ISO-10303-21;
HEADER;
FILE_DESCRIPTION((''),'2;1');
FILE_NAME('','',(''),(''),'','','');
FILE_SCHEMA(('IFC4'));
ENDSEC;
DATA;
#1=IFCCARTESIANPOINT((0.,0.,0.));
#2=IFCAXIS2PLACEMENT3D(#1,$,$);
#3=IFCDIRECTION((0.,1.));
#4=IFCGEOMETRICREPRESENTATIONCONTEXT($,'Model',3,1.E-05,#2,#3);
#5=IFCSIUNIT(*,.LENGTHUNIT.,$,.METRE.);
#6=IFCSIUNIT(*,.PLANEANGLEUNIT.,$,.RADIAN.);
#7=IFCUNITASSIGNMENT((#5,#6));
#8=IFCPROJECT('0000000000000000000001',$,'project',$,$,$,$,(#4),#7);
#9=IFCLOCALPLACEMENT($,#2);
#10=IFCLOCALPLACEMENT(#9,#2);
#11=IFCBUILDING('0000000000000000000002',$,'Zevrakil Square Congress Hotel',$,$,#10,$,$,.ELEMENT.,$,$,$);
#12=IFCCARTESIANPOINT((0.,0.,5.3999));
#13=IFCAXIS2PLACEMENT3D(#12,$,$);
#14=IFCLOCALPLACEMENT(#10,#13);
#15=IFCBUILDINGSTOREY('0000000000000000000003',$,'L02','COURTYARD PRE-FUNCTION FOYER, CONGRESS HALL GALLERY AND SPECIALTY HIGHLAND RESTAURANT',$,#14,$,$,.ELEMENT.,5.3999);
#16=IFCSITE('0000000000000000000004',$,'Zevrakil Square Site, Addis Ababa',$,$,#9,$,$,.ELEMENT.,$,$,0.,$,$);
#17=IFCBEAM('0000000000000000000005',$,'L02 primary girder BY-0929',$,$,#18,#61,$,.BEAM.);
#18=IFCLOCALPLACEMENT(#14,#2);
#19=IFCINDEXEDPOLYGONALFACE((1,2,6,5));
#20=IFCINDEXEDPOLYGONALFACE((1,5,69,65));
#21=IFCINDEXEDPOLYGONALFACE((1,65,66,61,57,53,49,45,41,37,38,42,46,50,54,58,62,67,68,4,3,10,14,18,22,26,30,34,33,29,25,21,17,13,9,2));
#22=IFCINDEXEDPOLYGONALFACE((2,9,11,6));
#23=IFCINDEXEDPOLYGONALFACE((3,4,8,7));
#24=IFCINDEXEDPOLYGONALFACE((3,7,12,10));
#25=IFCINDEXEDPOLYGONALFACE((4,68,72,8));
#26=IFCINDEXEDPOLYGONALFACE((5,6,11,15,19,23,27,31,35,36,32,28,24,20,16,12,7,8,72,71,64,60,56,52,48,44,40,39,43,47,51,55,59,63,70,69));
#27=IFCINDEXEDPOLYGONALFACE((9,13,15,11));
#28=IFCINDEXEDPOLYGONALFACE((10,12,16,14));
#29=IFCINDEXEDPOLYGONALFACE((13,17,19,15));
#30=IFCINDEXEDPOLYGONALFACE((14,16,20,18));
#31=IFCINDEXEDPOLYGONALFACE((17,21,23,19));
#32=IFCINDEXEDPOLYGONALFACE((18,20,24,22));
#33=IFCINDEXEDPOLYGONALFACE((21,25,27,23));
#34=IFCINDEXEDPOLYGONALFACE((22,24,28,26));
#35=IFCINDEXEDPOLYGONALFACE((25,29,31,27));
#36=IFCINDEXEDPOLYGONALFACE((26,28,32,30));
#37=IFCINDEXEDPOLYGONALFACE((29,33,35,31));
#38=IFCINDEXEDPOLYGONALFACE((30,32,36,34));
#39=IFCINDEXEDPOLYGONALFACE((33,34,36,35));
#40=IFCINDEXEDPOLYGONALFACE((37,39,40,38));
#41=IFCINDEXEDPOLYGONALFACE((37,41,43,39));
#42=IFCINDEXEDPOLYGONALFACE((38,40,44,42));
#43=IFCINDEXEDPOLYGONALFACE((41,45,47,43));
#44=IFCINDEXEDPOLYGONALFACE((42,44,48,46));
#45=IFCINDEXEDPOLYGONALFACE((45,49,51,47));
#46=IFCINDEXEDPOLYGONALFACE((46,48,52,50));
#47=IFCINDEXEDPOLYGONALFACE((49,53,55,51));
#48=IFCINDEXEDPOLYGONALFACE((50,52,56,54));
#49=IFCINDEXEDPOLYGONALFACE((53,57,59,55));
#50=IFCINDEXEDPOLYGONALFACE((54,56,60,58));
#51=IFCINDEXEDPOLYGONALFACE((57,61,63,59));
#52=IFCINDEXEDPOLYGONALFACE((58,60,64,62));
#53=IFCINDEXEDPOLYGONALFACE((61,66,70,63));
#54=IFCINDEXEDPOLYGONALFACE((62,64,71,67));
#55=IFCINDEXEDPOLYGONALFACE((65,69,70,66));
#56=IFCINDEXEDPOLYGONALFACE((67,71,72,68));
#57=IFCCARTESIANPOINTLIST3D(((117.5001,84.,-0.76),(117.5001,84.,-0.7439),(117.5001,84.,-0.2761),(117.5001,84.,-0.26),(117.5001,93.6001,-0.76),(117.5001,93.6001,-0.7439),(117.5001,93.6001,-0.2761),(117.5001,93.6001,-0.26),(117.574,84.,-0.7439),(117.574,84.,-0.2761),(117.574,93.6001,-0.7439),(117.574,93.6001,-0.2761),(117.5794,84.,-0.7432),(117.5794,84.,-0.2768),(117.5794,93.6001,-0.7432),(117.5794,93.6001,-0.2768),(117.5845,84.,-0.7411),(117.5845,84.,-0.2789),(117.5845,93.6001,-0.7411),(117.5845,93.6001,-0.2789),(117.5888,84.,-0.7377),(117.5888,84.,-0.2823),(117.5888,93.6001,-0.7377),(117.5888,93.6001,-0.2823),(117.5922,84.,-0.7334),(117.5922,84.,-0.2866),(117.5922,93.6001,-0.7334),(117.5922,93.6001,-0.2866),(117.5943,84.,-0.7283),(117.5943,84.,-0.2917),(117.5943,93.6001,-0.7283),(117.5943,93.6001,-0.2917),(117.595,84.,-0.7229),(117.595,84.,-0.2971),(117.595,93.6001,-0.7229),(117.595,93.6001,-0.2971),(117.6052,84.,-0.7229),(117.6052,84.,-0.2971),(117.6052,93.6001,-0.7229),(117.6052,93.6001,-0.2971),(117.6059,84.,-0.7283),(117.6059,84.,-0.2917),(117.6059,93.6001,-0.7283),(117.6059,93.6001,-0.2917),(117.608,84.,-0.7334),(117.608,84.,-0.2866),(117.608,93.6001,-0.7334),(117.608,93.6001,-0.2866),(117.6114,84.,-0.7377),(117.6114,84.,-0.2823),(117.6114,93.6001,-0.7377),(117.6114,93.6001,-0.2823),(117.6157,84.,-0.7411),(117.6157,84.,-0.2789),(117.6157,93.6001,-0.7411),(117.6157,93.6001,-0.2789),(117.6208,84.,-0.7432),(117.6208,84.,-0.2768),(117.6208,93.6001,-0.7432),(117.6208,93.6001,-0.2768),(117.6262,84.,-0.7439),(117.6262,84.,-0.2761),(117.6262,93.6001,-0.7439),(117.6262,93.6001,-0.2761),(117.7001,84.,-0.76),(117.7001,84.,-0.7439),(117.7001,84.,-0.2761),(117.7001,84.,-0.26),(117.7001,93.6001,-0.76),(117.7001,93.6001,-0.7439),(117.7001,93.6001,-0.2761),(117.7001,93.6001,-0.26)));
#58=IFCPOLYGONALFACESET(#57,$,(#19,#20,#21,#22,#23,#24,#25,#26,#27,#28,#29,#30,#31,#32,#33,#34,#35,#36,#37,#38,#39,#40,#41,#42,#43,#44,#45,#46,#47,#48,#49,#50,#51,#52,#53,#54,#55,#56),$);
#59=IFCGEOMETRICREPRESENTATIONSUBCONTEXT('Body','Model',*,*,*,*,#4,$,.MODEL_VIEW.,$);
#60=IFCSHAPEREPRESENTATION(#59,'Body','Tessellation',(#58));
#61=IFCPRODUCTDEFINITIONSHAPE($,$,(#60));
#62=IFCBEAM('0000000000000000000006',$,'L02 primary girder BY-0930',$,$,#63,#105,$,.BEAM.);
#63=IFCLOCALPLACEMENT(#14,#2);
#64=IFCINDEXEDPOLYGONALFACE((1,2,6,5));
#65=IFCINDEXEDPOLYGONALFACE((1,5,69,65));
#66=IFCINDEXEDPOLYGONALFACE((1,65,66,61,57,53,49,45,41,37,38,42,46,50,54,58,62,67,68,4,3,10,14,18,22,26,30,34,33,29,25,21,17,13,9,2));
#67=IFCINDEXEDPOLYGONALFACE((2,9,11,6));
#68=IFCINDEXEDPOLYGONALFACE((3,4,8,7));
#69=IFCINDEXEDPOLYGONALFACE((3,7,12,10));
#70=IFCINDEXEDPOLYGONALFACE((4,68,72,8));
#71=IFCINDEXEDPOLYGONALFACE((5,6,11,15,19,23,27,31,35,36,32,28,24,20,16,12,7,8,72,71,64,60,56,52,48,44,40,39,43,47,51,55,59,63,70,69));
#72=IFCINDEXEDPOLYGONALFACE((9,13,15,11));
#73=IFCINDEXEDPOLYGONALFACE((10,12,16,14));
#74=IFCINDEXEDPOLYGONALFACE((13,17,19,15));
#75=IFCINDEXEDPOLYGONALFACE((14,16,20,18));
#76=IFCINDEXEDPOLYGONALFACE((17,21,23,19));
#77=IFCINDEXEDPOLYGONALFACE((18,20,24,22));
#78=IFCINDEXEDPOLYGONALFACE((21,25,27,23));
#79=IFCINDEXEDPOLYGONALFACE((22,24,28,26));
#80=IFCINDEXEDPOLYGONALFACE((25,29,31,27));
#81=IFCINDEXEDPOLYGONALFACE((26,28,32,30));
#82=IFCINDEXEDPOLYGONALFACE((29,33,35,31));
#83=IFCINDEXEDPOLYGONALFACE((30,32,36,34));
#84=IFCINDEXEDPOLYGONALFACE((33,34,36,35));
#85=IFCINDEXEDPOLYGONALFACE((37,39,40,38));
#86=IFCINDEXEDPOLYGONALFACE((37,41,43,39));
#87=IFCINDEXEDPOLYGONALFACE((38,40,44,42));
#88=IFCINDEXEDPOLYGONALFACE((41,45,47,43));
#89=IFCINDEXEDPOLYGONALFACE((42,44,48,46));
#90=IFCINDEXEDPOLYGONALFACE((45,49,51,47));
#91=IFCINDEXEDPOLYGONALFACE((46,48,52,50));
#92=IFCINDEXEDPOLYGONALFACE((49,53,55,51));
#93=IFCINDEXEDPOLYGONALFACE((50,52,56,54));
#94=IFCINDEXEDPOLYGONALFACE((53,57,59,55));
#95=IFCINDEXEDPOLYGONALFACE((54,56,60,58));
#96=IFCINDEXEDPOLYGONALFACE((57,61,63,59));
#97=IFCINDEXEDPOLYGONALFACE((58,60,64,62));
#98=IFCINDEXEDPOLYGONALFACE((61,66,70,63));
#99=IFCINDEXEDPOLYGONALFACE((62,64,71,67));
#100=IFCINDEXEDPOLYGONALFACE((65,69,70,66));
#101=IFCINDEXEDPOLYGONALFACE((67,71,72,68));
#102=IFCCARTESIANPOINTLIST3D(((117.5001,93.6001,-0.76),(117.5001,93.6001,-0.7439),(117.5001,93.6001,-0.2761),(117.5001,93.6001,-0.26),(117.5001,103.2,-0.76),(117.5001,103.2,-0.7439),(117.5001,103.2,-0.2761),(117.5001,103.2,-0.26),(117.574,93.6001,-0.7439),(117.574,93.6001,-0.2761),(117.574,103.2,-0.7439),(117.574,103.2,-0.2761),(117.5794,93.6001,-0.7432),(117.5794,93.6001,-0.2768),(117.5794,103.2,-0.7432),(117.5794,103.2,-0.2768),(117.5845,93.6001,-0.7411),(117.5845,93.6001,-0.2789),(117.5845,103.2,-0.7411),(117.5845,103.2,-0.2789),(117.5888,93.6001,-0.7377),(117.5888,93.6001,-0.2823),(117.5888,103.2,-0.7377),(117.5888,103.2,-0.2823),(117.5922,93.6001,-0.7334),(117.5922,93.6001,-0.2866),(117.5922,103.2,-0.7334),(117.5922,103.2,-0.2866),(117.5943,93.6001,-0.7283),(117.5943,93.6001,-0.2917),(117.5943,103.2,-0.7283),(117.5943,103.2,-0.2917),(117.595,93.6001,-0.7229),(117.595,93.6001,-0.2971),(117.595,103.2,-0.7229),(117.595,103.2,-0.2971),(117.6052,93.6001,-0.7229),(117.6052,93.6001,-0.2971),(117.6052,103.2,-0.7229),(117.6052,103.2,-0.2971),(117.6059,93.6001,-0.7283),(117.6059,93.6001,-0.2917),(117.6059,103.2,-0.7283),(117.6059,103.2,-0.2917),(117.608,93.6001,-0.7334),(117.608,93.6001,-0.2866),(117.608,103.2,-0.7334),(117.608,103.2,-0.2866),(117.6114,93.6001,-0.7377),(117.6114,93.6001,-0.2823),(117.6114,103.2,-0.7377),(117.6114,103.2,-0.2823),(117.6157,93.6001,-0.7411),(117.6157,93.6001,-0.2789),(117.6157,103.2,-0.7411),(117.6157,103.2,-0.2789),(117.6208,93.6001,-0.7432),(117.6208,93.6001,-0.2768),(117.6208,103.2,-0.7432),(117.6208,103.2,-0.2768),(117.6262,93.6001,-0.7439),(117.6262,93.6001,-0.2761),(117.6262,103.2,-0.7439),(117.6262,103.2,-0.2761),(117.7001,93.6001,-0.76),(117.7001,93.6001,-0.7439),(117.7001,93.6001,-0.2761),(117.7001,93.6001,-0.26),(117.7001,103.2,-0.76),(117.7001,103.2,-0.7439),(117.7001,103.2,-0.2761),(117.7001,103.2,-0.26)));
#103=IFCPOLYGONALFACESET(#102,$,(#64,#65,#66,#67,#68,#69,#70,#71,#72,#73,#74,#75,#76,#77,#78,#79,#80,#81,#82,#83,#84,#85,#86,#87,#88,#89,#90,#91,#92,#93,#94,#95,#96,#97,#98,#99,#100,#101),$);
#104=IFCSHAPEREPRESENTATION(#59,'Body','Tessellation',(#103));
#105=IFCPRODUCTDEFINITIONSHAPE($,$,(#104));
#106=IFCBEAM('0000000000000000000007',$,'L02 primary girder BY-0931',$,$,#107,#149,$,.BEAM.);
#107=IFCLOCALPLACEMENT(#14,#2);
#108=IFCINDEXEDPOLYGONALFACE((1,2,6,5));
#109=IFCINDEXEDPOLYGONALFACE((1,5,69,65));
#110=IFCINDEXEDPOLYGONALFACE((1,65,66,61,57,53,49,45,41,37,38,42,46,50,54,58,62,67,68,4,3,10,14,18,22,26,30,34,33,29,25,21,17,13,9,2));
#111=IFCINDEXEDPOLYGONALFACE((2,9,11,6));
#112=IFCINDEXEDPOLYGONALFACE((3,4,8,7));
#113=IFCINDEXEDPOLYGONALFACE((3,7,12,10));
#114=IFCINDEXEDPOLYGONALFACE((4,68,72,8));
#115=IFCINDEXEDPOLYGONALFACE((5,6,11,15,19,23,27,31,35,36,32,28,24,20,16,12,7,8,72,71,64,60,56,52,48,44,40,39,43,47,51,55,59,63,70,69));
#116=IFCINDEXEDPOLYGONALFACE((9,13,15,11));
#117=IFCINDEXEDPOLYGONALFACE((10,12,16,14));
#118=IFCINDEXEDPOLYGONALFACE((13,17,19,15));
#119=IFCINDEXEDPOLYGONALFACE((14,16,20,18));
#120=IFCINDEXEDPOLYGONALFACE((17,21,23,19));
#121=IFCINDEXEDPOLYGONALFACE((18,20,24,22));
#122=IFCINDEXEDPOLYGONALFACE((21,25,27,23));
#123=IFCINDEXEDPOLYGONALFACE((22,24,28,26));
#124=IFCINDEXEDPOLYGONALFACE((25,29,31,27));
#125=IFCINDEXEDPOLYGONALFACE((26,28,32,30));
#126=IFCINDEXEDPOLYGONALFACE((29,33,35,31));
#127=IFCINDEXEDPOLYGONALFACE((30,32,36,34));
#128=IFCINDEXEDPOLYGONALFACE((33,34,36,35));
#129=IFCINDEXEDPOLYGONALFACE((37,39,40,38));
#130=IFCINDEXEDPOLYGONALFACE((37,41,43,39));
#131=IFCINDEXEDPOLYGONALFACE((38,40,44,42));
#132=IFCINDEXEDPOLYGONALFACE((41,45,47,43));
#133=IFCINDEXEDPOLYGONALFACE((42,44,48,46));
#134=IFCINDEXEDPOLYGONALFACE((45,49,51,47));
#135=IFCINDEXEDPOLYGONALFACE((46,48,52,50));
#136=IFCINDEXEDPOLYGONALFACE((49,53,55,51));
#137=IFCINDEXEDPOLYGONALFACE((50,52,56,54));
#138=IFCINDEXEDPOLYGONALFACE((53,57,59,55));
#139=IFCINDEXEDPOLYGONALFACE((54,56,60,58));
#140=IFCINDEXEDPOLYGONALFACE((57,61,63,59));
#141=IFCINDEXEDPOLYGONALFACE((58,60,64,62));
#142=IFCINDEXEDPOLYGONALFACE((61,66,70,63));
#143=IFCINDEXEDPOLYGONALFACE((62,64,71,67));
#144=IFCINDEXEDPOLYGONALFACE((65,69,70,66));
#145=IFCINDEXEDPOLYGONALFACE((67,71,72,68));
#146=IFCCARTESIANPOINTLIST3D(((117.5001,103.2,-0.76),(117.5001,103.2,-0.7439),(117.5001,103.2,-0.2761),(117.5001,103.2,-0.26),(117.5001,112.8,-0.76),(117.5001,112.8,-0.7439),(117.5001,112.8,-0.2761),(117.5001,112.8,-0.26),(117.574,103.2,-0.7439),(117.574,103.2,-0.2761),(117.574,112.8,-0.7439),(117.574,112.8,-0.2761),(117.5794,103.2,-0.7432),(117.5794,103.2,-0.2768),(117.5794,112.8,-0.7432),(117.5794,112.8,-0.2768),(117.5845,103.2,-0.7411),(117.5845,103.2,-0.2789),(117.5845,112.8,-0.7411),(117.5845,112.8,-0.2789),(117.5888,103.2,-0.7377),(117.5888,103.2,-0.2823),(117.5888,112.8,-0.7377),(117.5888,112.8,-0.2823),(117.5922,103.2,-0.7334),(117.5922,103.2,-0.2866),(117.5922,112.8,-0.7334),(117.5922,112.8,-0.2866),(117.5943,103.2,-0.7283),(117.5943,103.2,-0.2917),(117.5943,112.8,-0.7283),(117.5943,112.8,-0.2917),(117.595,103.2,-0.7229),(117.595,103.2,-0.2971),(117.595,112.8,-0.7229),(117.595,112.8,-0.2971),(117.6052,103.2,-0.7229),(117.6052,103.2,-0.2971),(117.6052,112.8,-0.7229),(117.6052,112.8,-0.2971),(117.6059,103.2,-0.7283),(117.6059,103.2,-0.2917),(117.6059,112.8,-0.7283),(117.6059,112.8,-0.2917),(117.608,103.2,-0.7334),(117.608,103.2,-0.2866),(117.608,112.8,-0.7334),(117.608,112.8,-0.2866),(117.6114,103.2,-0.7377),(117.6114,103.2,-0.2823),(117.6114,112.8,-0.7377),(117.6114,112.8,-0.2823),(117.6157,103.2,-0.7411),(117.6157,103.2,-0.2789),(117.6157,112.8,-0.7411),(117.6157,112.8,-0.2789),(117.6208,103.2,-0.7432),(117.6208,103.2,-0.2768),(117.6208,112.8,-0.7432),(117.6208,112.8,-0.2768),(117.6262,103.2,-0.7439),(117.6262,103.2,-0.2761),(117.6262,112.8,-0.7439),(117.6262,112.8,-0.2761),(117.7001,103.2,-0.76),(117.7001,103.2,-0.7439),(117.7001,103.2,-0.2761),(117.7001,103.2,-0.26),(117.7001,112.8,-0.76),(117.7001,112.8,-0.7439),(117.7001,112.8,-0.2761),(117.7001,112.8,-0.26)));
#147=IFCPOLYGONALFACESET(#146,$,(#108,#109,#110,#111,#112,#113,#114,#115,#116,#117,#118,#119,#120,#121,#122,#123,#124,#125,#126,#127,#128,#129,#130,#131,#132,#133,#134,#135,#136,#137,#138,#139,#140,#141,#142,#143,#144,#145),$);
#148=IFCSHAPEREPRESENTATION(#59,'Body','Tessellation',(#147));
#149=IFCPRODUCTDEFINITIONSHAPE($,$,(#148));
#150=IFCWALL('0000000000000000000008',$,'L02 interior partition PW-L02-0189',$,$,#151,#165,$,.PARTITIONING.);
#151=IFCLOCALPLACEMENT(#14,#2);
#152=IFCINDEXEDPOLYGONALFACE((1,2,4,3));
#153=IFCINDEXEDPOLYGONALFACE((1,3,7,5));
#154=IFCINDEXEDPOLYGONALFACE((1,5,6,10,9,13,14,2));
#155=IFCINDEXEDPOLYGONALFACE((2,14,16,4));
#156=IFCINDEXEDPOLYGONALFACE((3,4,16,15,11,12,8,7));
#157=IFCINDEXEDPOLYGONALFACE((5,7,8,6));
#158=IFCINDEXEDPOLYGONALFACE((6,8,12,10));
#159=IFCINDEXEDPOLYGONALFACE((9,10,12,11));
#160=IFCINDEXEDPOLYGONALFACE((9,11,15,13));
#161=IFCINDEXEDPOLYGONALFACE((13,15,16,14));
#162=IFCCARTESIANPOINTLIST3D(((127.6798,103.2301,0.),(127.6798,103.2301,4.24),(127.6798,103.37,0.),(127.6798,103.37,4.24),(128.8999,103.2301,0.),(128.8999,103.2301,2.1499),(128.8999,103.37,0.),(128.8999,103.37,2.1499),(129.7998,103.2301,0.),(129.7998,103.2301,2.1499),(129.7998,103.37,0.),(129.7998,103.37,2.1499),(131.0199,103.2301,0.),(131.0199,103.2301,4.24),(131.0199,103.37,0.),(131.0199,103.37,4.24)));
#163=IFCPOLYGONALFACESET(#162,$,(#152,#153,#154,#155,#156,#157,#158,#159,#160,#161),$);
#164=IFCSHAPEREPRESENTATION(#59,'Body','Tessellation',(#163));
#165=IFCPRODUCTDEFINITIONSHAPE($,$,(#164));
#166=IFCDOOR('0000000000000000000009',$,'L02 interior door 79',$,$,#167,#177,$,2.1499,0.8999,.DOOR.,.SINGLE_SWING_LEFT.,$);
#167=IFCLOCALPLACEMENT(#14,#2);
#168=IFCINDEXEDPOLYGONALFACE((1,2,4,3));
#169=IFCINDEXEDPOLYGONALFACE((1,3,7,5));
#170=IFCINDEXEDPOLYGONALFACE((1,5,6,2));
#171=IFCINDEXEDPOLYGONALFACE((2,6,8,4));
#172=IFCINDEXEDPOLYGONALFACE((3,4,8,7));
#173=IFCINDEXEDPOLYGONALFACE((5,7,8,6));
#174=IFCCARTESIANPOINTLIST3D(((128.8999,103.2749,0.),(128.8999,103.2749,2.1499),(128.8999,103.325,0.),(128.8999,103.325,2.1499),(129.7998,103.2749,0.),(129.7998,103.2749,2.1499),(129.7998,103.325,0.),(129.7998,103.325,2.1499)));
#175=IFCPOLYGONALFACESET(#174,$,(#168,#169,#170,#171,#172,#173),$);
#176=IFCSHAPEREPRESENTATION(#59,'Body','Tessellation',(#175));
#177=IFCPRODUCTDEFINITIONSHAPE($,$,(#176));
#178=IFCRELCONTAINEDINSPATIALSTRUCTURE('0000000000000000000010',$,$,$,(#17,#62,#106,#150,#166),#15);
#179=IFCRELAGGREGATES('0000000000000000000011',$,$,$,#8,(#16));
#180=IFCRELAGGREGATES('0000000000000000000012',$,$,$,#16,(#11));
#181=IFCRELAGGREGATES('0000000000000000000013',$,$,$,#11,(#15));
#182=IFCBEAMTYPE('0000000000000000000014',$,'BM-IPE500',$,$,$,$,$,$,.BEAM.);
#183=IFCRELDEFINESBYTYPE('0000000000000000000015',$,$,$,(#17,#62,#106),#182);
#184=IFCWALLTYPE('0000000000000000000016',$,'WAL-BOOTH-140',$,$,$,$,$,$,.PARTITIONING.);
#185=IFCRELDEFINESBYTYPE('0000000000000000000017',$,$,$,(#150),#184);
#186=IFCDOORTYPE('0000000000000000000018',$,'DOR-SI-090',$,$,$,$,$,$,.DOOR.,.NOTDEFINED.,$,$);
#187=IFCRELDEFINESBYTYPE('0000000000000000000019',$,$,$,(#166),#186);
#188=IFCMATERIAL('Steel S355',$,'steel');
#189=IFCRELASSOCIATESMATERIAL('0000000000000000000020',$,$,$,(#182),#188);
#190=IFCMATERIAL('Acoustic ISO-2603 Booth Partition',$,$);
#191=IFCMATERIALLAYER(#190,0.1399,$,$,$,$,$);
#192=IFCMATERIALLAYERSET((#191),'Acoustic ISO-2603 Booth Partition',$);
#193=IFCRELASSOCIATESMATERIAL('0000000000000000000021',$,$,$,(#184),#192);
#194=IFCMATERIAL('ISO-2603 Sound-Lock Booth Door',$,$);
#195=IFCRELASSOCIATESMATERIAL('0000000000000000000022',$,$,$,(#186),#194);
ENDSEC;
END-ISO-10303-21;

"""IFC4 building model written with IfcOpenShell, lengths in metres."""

from ifc_helpers import new_model, si_unit, direction, frame, frame_2d, origin, origin_2d, place, context, subcontext, project, spatial, rectangle, i_section, extrude, material, layer, layer_set, material_profile, profile_set, type_object, element, fill, save


model = new_model("IFC4")

# Units and contexts
model_context = context("Model", 3, precision=1e-05, world=origin(), true_north=direction((0.0, 1.0)))
body_context = subcontext(model_context, "Body", "Model", "MODEL_VIEW")
ifc_project = project(units=[si_unit("LENGTHUNIT", "METRE"), si_unit("PLANEANGLEUNIT", "RADIAN")], contexts=[model_context])

# Site, building, storey
site_placement = place(None, origin())
site = spatial("IfcSite", under=ifc_project, at=site_placement, Name="Zevrakil Square Site, Addis Ababa", CompositionType="ELEMENT", RefElevation=0.0)
building_placement = place(site_placement, origin())
building = spatial("IfcBuilding", under=site, at=building_placement, Name="Zevrakil Square Congress Hotel", CompositionType="ELEMENT")
storey_placement = place(building_placement, frame((0.0, 0.0, 5.3999)))
storey = spatial("IfcBuildingStorey", under=building, at=storey_placement, Name="L02", Description="COURTYARD PRE-FUNCTION FOYER, CONGRESS HALL GALLERY AND SPECIALTY HIGHLAND RESTAURANT", CompositionType="ELEMENT", Elevation=5.3999)

# Beams
ifc_material_1 = material(Name="Steel S355", Category="steel")
ifc_material_profile_1 = material_profile(ifc_material_1, i_section(OverallWidth=0.2, OverallDepth=0.5, WebThickness=0.0103, FlangeThickness=0.0161, FilletRadius=0.021, at=origin_2d()), Name="IPE 500")
ifc_profile_set_1 = profile_set([ifc_material_profile_1], Name="Steel S355")
beam_type_1 = type_object("IfcBeamType", Name="BM-IPE500", PredefinedType="BEAM", material=ifc_profile_set_1)
beam_1_placement = place(storey_placement, frame((117.6001, 84.0, -0.51), z_axis=(0.0, 1.0, 0.0), x_axis=(-1.0, 0.0, 0.0)))
element("IfcBeam", 1, at=beam_1_placement, inside=storey, type_object=beam_type_1, Name="L02 primary girder BY-0929", PredefinedType="BEAM", context=body_context, shape_type="SweptSolid", body=[
    extrude(i_section(OverallWidth=0.2, OverallDepth=0.5, WebThickness=0.0103, FlangeThickness=0.0161, FilletRadius=0.021, at=origin_2d()), origin(), (0.0, 0.0, 1.0), 9.6001),
])
beam_2_placement = place(storey_placement, frame((117.6001, 93.6001, -0.51), z_axis=(0.0, 1.0, 0.0), x_axis=(-1.0, 0.0, 0.0)))
element("IfcBeam", 2, at=beam_2_placement, inside=storey, type_object=beam_type_1, Name="L02 primary girder BY-0930", PredefinedType="BEAM", context=body_context, shape_type="SweptSolid", body=[
    extrude(i_section(OverallWidth=0.2, OverallDepth=0.5, WebThickness=0.0103, FlangeThickness=0.0161, FilletRadius=0.021, at=origin_2d()), origin(), (0.0, 0.0, 1.0), 9.5999),
])
beam_3_placement = place(storey_placement, frame((117.6001, 103.2, -0.51), z_axis=(0.0, 1.0, 0.0), x_axis=(-1.0, 0.0, 0.0)))
element("IfcBeam", 3, at=beam_3_placement, inside=storey, type_object=beam_type_1, Name="L02 primary girder BY-0931", PredefinedType="BEAM", context=body_context, shape_type="SweptSolid", body=[
    extrude(i_section(OverallWidth=0.2, OverallDepth=0.5, WebThickness=0.0103, FlangeThickness=0.0161, FilletRadius=0.021, at=origin_2d()), origin(), (0.0, 0.0, 1.0), 9.6001),
])

# Wall, opening, door
ifc_material_2 = material(Name="Acoustic ISO-2603 Booth Partition")
ifc_layer_1 = layer(ifc_material_2, 0.1399)
ifc_layer_set_1 = layer_set([ifc_layer_1], Name="Acoustic ISO-2603 Booth Partition")
wall_type_1 = type_object("IfcWallType", Name="WAL-BOOTH-140", PredefinedType="PARTITIONING", material=ifc_layer_set_1)
wall_1_placement = place(storey_placement, frame((127.6799, 103.3, 0.0), z_axis=(0.0, 0.0, 1.0), x_axis=(1.0, 0.0, 0.0)))
wall_1 = element("IfcWall", 4, at=wall_1_placement, inside=storey, type_object=wall_type_1, Name="L02 interior partition PW-L02-0189", PredefinedType="PARTITIONING", context=body_context, shape_type="SweptSolid", body=[
    extrude(rectangle(XDim=3.3401, YDim=0.1399, at=frame_2d((1.6699, 0.0))), origin(), (0.0, 0.0, 1.0), 4.24),
])
opening_1_placement = place(wall_1_placement, frame((1.22, 0.0, 0.0)))
opening_1 = element("IfcOpeningElement", 5, at=opening_1_placement, cuts=wall_1, PredefinedType="OPENING", context=body_context, shape_type="SweptSolid", body=[
    extrude(rectangle(XDim=0.8999, YDim=2.1499, at=frame_2d((0.45, 1.075))), frame((0.0, 0.0801, 0.0), z_axis=(0.0, -1.0, 0.0), x_axis=(1.0, 0.0, 0.0)), (0.0, 0.0, 1.0), 0.1599),
])
ifc_material_3 = material(Name="ISO-2603 Sound-Lock Booth Door")
door_type = type_object("IfcDoorType", Name="DOR-SI-090", OperationType="NOTDEFINED", PredefinedType="DOOR", material=ifc_material_3)
door_1_placement = place(opening_1_placement, origin())
door_1 = element("IfcDoor", 6, at=door_1_placement, inside=storey, type_object=door_type, Name="L02 interior door 79", OperationType="SINGLE_SWING_LEFT", OverallHeight=2.1499, OverallWidth=0.8999, PredefinedType="DOOR", context=body_context, shape_type="SweptSolid", body=[
    extrude(rectangle(XDim=0.8999, YDim=2.1499, at=frame_2d((0.45, 1.075))), frame((0.0, 0.0249, 0.0), z_axis=(0.0, -1.0, 0.0), x_axis=(1.0, 0.0, 0.0)), (0.0, 0.0, 1.0), 0.05),
])
fill(opening_1, door_1)

save(model, "model.ifc")
